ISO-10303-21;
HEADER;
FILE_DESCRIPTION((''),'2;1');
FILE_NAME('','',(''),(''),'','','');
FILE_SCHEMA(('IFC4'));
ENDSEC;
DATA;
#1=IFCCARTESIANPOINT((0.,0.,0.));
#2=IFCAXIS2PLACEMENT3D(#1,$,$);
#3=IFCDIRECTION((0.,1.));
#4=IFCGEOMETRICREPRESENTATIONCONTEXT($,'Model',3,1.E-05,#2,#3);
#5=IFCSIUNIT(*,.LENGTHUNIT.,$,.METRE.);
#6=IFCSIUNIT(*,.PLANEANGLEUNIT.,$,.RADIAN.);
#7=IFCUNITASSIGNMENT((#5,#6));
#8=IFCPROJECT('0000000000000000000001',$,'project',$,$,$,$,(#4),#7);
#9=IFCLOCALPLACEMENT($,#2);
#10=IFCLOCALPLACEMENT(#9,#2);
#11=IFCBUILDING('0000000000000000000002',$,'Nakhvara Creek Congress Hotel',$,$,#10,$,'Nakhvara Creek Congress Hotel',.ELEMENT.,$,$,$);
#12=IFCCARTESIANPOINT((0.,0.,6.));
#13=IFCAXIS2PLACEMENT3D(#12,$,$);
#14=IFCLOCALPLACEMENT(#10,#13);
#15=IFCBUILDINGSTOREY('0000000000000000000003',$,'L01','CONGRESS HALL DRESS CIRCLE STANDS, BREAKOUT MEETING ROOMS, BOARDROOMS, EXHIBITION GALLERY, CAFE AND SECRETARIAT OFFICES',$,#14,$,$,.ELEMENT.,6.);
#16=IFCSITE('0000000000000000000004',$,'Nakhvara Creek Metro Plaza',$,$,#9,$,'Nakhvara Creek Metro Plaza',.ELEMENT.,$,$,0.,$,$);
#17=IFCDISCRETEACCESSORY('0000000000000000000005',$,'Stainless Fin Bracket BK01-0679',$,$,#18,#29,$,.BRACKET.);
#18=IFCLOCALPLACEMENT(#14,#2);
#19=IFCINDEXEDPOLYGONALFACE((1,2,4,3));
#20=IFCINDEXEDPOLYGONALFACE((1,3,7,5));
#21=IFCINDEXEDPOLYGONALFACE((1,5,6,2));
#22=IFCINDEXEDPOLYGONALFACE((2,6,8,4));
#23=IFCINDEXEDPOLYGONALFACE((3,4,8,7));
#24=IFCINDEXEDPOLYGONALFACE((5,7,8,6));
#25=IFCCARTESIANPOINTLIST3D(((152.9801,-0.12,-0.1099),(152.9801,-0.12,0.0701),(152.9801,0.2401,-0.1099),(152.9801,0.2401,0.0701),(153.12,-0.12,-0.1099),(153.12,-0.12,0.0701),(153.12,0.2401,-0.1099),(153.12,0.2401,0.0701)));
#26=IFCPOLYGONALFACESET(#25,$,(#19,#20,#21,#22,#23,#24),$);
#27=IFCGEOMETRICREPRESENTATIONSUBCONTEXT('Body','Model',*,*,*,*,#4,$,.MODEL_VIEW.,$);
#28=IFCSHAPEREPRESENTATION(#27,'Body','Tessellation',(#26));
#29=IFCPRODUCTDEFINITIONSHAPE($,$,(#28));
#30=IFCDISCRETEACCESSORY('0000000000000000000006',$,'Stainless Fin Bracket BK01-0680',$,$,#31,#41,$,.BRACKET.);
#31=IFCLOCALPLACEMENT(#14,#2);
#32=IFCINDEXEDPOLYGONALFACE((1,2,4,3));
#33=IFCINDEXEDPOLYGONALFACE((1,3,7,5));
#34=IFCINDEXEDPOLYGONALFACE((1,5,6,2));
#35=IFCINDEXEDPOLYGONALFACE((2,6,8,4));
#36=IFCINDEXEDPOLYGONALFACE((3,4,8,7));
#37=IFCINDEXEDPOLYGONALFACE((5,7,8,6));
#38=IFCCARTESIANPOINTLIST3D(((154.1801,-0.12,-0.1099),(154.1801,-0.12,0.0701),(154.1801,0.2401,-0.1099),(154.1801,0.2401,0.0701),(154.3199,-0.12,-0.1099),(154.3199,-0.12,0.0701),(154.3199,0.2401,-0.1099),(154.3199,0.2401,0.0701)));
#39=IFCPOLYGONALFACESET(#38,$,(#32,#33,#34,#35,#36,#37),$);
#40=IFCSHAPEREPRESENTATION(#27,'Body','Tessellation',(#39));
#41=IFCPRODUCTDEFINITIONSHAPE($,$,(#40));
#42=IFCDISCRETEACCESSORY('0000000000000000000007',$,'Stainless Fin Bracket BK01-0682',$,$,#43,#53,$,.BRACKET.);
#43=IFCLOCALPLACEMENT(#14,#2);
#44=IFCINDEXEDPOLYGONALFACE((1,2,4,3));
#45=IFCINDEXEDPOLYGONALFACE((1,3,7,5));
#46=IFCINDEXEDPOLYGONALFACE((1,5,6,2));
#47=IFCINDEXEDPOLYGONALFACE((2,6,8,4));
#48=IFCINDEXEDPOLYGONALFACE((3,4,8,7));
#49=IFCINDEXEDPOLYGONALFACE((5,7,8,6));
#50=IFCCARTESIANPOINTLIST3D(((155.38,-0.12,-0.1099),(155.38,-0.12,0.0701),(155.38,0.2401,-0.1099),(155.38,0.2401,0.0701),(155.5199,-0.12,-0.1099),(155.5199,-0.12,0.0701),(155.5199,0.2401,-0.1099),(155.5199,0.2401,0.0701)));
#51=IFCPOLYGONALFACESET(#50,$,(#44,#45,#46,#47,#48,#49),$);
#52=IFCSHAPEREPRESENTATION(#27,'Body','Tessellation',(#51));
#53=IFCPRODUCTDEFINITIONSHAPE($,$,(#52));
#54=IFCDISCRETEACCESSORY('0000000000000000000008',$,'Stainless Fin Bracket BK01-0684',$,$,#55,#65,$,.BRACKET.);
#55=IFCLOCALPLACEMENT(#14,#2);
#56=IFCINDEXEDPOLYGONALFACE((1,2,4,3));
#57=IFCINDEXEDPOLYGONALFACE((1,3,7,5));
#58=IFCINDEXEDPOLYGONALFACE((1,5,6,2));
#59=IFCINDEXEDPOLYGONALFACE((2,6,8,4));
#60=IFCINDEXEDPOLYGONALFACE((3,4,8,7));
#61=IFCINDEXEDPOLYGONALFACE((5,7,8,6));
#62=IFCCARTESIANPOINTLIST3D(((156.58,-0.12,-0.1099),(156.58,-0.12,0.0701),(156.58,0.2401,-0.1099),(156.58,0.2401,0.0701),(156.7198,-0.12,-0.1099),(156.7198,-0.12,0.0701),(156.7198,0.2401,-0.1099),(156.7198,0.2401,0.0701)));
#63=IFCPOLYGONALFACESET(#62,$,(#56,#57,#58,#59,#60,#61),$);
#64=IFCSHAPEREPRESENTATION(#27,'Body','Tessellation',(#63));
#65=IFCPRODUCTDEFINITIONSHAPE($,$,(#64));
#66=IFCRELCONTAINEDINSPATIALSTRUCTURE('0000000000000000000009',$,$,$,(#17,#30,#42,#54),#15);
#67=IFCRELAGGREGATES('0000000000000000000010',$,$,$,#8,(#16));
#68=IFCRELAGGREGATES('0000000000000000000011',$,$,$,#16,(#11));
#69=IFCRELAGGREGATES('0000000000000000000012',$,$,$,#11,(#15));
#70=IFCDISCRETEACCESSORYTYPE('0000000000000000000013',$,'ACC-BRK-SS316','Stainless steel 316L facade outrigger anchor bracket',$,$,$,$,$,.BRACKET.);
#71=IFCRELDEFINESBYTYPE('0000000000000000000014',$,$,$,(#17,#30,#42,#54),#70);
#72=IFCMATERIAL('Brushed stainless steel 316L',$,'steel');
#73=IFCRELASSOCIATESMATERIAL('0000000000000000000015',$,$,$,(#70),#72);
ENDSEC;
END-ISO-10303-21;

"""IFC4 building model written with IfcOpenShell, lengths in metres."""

from ifc_helpers import new_model, si_unit, direction, frame, origin, origin_2d, place, context, subcontext, project, spatial, rectangle, extrude, material, type_object, element, save


model = new_model("IFC4")

# Units and contexts
model_context = context("Model", 3, precision=1e-05, world=origin(), true_north=direction((0.0, 1.0)))
body_context = subcontext(model_context, "Body", "Model", "MODEL_VIEW")
ifc_project = project(units=[si_unit("LENGTHUNIT", "METRE"), si_unit("PLANEANGLEUNIT", "RADIAN")], contexts=[model_context])

# Site, building, storey
site_placement = place(None, origin())
site = spatial("IfcSite", under=ifc_project, at=site_placement, Name="Nakhvara Creek Metro Plaza", LongName="Nakhvara Creek Metro Plaza", CompositionType="ELEMENT", RefElevation=0.0)
building_placement = place(site_placement, origin())
building = spatial("IfcBuilding", under=site, at=building_placement, Name="Nakhvara Creek Congress Hotel", LongName="Nakhvara Creek Congress Hotel", CompositionType="ELEMENT")
storey_placement = place(building_placement, frame((0.0, 0.0, 6.0)))
storey = spatial("IfcBuildingStorey", under=building, at=storey_placement, Name="L01", Description="CONGRESS HALL DRESS CIRCLE STANDS, BREAKOUT MEETING ROOMS, BOARDROOMS, EXHIBITION GALLERY, CAFE AND SECRETARIAT OFFICES", CompositionType="ELEMENT", Elevation=6.0)

# Discrete accessories
ifc_material_1 = material(Name="Brushed stainless steel 316L", Category="steel")
discrete_accessory_type = type_object("IfcDiscreteAccessoryType", Name="ACC-BRK-SS316", Description="Stainless steel 316L facade outrigger anchor bracket", PredefinedType="BRACKET", material=ifc_material_1)
for number, where, z_axis, x_axis, name in (
    (1, (153.05, 0.0601, -0.1099), (0.0, 0.0, 1.0), (1.0, 0.0, 0.0), "Stainless Fin Bracket BK01-0679"),
    (2, (154.25, 0.0601, -0.1099), (0.0, 0.0, 1.0), (1.0, 0.0, 0.0), "Stainless Fin Bracket BK01-0680"),
    (3, (155.45, 0.0601, -0.1099), (0.0, 0.0, 1.0), (1.0, 0.0, 0.0), "Stainless Fin Bracket BK01-0682"),
    (4, (156.6499, 0.0601, -0.1099), (0.0, 0.0, 1.0), (1.0, 0.0, 0.0), "Stainless Fin Bracket BK01-0684"),
):
    element("IfcDiscreteAccessory", number, at=place(storey_placement, frame(where, z_axis=z_axis, x_axis=x_axis)), inside=storey, type_object=discrete_accessory_type, Name=name, PredefinedType="BRACKET", context=body_context, shape_type="SweptSolid", body=[
        extrude(rectangle(XDim=0.1399, YDim=0.3601, at=origin_2d()), origin(), (0.0, 0.0, 1.0), 0.1799),
    ])

save(model, "model.ifc")
